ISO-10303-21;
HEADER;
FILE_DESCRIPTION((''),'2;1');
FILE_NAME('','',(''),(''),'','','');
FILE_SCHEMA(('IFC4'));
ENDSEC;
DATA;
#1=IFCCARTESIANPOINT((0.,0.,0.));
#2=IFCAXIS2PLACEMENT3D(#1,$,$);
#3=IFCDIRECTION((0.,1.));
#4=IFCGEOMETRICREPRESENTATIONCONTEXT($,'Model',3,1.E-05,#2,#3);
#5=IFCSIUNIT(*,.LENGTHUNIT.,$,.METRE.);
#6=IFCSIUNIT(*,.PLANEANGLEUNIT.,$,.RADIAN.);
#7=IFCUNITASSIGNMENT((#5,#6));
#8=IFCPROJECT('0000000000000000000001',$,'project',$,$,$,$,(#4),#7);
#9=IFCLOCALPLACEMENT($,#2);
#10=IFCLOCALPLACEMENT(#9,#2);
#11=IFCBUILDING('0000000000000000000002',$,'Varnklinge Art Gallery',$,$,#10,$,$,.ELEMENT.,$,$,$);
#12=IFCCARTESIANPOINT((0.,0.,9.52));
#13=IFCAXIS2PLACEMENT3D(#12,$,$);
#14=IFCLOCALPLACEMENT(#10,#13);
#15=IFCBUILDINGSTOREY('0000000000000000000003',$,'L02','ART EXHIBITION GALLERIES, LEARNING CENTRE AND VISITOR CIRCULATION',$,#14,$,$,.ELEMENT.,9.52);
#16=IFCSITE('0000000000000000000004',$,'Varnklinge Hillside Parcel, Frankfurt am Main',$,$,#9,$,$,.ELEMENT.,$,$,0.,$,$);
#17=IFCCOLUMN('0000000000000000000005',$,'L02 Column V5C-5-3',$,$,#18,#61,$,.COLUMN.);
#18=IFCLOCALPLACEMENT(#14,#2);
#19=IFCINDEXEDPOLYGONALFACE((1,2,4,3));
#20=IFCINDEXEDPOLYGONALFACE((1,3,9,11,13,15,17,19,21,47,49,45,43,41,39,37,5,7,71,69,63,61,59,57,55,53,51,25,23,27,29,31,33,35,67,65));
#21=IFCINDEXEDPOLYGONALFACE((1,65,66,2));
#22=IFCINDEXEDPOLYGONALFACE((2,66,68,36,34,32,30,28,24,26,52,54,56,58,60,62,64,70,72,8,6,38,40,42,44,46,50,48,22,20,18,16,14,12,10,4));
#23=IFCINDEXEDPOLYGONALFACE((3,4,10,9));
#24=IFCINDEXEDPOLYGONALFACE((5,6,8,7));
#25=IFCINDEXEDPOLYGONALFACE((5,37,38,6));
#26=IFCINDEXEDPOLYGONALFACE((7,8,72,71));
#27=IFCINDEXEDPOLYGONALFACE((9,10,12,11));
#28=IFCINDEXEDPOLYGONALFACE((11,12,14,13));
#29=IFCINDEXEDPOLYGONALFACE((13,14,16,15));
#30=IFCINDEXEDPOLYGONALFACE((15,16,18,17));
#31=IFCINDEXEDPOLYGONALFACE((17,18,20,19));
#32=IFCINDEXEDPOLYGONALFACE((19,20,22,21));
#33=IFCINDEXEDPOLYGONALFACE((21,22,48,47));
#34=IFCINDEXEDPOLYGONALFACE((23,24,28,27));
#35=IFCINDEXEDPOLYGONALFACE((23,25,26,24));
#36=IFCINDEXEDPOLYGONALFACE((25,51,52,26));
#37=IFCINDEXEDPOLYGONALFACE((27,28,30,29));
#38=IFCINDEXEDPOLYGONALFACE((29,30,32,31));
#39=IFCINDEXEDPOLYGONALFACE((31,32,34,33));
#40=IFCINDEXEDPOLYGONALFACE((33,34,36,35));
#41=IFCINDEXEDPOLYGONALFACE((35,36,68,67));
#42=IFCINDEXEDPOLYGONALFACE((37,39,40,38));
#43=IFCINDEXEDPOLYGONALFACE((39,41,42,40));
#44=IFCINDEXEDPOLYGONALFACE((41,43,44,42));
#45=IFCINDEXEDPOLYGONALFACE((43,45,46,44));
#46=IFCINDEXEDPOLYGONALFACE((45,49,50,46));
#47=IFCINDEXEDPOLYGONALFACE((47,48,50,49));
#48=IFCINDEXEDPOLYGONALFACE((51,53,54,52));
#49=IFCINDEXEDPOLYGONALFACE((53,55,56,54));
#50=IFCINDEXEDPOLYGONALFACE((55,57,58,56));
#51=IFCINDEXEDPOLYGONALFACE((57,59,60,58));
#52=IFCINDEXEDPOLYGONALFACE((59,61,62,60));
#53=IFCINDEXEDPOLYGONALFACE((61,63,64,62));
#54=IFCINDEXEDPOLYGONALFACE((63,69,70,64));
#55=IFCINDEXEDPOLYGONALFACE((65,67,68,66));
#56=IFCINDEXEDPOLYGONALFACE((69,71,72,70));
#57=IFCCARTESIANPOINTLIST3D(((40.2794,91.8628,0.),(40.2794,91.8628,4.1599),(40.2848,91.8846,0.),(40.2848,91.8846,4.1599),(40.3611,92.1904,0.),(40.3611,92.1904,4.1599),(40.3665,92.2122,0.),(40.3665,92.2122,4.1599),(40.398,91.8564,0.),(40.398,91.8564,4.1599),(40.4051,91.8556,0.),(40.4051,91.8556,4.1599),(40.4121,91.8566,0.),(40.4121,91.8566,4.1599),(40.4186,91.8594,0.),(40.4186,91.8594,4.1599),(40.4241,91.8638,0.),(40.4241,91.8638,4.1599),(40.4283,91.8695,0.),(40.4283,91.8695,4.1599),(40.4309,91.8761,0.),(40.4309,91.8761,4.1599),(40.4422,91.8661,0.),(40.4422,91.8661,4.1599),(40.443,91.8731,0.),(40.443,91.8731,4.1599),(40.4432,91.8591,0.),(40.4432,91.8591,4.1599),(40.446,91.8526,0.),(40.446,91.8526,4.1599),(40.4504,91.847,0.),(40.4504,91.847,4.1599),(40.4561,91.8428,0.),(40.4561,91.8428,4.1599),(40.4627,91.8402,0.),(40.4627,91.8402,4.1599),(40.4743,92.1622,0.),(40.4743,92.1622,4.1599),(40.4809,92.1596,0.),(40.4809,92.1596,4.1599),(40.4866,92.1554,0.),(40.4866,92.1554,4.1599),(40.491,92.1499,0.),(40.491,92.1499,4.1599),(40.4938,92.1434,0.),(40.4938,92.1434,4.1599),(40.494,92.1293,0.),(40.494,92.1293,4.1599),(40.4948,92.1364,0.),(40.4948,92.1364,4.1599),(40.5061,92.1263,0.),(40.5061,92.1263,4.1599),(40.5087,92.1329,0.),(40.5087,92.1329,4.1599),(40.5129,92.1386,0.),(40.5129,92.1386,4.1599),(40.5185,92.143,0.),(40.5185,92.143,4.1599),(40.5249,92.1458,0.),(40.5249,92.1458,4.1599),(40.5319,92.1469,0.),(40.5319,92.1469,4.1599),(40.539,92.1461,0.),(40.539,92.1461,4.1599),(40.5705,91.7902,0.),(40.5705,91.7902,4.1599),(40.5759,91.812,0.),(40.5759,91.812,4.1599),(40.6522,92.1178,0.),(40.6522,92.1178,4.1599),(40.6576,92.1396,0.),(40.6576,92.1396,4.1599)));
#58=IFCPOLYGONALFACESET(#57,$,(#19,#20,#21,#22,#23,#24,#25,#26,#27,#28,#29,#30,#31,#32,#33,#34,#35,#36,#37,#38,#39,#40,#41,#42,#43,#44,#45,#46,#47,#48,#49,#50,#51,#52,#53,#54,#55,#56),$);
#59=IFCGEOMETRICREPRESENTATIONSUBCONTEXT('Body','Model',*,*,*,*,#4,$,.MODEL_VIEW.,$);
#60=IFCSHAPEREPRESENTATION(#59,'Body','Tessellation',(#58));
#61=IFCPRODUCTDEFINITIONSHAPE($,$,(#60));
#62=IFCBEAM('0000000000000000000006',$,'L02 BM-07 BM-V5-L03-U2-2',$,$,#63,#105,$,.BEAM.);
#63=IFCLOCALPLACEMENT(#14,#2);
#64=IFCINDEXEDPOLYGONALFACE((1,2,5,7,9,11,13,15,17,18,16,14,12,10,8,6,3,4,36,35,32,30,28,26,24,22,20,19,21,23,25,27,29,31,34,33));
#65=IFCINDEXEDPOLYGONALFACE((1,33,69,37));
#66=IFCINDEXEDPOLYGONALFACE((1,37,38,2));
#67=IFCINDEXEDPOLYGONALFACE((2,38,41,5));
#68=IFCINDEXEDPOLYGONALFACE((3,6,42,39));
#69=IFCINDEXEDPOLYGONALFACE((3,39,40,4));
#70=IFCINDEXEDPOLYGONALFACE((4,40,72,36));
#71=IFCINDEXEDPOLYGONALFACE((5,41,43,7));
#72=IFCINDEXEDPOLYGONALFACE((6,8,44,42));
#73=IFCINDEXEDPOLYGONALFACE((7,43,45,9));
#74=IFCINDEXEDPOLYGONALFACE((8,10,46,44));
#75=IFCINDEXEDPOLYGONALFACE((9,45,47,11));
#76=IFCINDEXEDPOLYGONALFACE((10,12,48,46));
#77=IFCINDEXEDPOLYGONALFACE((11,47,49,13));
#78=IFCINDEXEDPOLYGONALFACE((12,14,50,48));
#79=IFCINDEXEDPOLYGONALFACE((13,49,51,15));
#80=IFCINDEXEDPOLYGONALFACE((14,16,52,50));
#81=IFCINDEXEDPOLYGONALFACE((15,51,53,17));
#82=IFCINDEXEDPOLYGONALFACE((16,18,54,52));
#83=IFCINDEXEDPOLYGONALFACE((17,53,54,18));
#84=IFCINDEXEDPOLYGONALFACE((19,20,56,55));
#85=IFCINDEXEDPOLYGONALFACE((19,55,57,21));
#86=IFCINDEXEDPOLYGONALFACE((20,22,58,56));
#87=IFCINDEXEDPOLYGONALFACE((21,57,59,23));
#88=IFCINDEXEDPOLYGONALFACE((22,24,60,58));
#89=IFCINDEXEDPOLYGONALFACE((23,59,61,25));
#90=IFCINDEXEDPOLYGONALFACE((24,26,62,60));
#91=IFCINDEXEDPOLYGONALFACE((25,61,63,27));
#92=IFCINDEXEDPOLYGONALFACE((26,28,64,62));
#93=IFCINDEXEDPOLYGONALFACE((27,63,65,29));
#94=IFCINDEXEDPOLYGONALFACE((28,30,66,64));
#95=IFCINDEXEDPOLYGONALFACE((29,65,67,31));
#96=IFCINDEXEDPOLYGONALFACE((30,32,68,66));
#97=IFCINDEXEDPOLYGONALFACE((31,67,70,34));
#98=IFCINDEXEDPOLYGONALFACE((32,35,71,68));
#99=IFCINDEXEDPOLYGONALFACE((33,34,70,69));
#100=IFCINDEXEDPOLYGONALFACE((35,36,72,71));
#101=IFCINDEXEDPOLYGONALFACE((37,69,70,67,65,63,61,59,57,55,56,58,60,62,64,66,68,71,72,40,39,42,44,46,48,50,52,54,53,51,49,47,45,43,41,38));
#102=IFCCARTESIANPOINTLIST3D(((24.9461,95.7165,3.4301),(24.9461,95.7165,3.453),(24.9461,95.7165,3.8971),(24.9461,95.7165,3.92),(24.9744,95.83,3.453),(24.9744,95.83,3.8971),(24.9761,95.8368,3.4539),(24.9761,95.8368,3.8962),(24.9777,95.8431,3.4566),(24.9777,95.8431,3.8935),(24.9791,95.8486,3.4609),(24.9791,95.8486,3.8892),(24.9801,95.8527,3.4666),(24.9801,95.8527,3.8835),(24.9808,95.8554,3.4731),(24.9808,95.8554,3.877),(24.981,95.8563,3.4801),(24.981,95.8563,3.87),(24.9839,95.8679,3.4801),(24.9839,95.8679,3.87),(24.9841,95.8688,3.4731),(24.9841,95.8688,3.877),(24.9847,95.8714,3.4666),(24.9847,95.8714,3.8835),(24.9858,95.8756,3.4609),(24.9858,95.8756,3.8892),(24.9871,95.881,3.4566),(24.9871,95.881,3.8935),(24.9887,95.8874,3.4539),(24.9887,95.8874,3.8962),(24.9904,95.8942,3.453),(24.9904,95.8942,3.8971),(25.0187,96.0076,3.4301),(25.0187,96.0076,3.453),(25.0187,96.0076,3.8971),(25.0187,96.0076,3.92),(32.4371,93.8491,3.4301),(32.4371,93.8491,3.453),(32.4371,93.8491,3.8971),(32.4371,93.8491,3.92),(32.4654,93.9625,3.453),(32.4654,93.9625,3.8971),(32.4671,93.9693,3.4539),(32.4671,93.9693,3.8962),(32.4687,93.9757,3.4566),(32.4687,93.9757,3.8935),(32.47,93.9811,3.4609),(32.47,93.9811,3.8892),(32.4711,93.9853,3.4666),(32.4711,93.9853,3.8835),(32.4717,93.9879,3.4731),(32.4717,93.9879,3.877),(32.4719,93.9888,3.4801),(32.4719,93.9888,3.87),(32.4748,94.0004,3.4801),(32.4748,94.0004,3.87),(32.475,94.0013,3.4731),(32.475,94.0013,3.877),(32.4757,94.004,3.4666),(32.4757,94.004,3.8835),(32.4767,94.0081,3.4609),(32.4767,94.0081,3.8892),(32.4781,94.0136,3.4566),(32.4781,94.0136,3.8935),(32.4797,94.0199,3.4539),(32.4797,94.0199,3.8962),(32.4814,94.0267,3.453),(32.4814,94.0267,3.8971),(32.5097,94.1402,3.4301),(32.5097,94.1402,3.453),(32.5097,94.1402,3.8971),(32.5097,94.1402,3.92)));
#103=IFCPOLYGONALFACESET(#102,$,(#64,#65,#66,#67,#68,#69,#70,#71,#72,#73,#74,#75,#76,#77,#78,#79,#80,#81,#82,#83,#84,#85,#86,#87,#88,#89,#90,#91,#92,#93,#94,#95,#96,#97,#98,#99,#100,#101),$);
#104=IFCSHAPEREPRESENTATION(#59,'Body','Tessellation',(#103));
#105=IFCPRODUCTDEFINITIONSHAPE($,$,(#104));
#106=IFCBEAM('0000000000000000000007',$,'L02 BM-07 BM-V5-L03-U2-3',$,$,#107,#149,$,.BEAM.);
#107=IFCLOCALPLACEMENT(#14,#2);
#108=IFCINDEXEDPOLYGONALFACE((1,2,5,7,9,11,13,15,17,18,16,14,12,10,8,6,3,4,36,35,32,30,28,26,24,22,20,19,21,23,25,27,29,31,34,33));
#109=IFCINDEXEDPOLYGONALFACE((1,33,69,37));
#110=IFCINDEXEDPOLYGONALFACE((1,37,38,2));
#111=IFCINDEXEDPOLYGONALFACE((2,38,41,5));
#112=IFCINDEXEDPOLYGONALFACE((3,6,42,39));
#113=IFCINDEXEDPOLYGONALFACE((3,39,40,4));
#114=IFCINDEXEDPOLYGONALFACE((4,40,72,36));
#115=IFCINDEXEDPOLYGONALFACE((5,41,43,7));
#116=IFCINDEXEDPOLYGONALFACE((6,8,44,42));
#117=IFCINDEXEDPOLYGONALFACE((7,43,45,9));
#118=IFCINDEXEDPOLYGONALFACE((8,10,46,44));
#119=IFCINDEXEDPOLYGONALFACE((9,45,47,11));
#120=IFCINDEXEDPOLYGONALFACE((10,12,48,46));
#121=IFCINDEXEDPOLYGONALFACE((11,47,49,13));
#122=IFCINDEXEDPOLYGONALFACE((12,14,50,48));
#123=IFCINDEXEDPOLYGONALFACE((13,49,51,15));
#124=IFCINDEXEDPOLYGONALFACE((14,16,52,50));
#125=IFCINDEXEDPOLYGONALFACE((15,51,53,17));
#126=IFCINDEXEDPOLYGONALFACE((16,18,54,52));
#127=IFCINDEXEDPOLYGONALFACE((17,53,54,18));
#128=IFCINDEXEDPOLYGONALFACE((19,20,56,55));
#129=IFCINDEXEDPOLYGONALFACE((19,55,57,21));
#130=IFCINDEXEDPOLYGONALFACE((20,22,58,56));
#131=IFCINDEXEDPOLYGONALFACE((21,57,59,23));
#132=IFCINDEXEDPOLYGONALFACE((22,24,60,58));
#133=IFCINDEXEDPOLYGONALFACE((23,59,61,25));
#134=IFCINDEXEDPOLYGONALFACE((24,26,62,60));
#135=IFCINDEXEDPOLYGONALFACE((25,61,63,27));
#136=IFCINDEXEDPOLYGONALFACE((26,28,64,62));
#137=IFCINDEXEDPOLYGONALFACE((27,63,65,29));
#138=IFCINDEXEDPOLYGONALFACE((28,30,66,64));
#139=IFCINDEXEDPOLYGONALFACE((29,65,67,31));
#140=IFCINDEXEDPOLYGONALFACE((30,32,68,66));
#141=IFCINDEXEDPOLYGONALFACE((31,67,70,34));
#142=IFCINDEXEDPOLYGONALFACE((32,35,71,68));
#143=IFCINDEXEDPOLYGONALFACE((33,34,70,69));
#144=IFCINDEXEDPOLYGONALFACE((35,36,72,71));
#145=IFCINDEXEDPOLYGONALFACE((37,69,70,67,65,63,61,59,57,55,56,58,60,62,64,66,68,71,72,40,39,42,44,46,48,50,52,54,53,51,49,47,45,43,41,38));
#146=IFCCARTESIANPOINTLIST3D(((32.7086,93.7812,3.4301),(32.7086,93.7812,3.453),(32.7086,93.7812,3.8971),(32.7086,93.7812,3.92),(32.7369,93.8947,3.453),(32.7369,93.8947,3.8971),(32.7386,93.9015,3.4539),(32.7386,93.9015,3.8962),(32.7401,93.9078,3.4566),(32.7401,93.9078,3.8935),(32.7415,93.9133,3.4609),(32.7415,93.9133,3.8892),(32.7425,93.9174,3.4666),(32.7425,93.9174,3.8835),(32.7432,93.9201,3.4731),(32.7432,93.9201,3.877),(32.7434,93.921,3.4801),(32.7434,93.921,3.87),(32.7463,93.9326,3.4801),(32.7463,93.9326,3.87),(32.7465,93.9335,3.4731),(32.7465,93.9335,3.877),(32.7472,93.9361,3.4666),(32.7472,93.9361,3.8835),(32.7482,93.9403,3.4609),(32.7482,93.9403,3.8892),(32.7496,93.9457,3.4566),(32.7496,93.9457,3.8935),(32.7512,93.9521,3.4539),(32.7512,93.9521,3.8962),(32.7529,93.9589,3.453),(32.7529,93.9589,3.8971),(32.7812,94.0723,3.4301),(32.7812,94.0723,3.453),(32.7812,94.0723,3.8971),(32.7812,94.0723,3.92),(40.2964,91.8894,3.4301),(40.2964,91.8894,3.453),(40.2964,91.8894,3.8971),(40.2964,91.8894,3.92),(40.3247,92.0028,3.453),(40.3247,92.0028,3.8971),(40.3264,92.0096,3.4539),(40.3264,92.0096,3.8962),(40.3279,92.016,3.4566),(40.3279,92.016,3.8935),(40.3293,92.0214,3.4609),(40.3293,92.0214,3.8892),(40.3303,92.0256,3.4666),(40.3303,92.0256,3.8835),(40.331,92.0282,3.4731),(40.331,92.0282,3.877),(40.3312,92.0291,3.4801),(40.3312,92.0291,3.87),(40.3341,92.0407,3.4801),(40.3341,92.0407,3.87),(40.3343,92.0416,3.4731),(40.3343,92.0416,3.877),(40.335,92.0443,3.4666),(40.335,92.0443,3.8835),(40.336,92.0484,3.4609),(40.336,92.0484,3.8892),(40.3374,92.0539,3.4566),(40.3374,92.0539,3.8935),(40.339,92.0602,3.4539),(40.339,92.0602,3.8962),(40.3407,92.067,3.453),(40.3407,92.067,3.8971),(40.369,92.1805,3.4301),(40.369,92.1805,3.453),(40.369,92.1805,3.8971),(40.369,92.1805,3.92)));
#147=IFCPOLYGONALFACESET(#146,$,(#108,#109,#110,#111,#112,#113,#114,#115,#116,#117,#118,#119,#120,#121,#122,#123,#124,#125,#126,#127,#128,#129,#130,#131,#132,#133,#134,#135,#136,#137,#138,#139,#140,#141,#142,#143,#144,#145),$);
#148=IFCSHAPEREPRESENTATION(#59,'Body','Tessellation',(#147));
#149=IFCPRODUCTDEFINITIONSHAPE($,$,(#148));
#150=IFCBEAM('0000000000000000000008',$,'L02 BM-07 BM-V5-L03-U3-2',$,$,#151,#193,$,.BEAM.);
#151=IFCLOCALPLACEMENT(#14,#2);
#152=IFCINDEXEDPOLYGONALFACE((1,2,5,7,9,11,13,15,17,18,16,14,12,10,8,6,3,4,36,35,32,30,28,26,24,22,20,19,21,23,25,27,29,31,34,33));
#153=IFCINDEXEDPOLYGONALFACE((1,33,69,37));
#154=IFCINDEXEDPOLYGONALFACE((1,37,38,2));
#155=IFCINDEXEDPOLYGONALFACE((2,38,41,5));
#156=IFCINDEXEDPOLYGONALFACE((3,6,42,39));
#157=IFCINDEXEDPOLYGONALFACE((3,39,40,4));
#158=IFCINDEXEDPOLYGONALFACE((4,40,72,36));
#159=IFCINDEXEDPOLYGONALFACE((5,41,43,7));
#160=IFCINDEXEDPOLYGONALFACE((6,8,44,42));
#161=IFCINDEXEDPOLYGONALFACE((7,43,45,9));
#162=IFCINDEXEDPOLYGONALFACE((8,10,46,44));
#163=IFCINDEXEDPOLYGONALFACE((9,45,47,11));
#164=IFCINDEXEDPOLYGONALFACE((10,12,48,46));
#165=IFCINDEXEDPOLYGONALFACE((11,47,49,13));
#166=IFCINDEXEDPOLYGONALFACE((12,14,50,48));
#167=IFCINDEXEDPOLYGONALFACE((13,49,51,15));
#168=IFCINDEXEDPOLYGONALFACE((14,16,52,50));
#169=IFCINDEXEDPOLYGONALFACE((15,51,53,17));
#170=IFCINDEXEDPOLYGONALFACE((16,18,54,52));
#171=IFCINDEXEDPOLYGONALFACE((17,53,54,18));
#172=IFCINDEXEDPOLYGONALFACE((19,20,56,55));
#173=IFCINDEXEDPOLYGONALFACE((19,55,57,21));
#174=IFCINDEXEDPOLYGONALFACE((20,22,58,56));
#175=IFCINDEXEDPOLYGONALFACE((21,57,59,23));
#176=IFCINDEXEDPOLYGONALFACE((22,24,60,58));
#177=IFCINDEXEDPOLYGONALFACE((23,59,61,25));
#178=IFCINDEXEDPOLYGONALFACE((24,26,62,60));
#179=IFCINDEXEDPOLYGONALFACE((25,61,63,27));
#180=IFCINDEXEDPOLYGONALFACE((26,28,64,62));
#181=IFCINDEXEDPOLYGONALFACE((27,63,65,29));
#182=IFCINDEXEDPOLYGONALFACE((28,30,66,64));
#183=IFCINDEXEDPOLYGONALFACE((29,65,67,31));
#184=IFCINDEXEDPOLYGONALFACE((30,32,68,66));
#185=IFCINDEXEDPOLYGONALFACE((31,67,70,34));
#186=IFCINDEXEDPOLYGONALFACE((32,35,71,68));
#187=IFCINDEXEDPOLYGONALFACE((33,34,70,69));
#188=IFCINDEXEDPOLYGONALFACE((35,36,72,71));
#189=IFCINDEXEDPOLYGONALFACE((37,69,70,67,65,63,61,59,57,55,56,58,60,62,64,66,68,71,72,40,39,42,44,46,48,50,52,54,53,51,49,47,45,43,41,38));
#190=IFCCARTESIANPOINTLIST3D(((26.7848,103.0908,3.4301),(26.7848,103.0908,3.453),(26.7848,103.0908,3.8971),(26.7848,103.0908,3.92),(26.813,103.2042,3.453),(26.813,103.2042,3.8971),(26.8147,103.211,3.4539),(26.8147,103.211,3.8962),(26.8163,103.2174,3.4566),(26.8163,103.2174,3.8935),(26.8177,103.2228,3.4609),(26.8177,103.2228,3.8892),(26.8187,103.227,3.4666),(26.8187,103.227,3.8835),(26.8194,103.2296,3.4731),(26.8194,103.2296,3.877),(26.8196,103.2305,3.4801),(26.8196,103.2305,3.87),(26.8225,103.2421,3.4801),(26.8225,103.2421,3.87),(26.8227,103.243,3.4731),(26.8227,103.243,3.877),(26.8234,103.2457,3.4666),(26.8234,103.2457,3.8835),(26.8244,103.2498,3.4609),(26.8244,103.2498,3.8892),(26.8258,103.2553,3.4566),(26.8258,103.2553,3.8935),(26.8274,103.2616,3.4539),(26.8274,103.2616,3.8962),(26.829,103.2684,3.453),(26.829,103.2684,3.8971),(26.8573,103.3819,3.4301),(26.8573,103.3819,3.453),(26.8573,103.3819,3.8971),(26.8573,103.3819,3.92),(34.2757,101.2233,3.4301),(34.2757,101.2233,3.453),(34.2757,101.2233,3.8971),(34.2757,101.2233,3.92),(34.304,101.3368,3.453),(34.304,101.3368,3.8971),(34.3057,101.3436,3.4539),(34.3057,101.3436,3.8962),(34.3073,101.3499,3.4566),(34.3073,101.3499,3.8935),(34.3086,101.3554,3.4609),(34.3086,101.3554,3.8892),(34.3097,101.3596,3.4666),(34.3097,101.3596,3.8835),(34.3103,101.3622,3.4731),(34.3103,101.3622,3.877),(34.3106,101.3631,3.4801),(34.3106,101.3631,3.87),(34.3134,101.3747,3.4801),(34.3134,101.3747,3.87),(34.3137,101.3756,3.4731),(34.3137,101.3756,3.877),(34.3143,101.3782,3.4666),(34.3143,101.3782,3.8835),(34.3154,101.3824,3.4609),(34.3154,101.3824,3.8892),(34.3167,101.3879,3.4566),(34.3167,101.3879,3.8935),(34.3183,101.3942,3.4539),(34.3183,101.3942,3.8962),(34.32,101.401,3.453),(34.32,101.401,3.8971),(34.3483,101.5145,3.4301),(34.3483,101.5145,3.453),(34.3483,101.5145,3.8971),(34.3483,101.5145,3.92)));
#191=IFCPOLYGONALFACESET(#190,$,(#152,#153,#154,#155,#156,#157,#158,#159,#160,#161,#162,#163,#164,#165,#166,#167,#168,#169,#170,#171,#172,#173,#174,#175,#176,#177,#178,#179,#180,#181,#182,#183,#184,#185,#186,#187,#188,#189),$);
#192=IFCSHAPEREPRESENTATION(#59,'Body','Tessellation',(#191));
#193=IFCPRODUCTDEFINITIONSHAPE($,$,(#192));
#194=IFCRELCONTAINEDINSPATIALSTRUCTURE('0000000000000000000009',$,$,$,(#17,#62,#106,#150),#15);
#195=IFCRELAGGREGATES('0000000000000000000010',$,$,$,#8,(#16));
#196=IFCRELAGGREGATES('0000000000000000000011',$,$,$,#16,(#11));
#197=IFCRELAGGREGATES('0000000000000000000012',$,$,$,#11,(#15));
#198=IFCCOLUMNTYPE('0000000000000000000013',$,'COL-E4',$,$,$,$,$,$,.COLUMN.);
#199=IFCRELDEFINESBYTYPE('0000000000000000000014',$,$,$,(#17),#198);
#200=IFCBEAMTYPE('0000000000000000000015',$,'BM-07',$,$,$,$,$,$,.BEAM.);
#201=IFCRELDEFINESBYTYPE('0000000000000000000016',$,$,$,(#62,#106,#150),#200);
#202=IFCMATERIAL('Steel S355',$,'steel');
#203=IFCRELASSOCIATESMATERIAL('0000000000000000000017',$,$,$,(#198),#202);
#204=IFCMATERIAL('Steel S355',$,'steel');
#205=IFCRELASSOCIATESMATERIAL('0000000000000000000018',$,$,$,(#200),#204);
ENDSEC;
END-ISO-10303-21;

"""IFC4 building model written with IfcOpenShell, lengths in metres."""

from ifc_helpers import new_model, si_unit, direction, frame, origin, origin_2d, place, context, subcontext, project, spatial, i_section, extrude, material, material_profile, profile_set, type_object, element, save


model = new_model("IFC4")

# Units and contexts
model_context = context("Model", 3, precision=1e-05, world=origin(), true_north=direction((0.0, 1.0)))
body_context = subcontext(model_context, "Body", "Model", "MODEL_VIEW")
ifc_project = project(units=[si_unit("LENGTHUNIT", "METRE"), si_unit("PLANEANGLEUNIT", "RADIAN")], contexts=[model_context])

# Site, building, storey
site_placement = place(None, origin())
site = spatial("IfcSite", under=ifc_project, at=site_placement, Name="Varnklinge Hillside Parcel, Frankfurt am Main", CompositionType="ELEMENT", RefElevation=0.0)
building_placement = place(site_placement, origin())
building = spatial("IfcBuilding", under=site, at=building_placement, Name="Varnklinge Art Gallery", CompositionType="ELEMENT")
storey_placement = place(building_placement, frame((0.0, 0.0, 9.52)))
storey = spatial("IfcBuildingStorey", under=building, at=storey_placement, Name="L02", Description="ART EXHIBITION GALLERIES, LEARNING CENTRE AND VISITOR CIRCULATION", CompositionType="ELEMENT", Elevation=9.52)

# Column
ifc_material_1 = material(Name="Steel S355", Category="steel")
ifc_material_profile_1 = material_profile(ifc_material_1, i_section(OverallWidth=0.3, OverallDepth=0.3601, WebThickness=0.0125, FlangeThickness=0.0225, FilletRadius=0.0271, at=origin_2d()), Name="HEB 360")
ifc_profile_set_1 = profile_set([ifc_material_profile_1], Name="Steel S355")
column_type_1 = type_object("IfcColumnType", Name="COL-E4", PredefinedType="COLUMN", material=ifc_profile_set_1)
for number, where, z_axis, x_axis, name in (
    (1, (40.4685, 92.0012, 0.0), (0.0, 0.0, 1.0), (0.970296, -0.241922, 0.0), "L02 Column V5C-5-3"),
):
    element("IfcColumn", number, at=place(storey_placement, frame(where, z_axis=z_axis, x_axis=x_axis)), inside=storey, type_object=column_type_1, Name=name, PredefinedType="COLUMN", context=body_context, shape_type="SweptSolid", body=[
        extrude(i_section(OverallWidth=0.3, OverallDepth=0.3601, WebThickness=0.0125, FlangeThickness=0.0225, FilletRadius=0.0271, at=origin_2d()), origin(), (0.0, 0.0, 1.0), 4.1599),
    ])

# Beams
ifc_material_2 = material(Name="Steel S355", Category="steel")
ifc_material_profile_2 = material_profile(ifc_material_2, i_section(OverallWidth=0.3, OverallDepth=0.49, WebThickness=0.012, FlangeThickness=0.0229, FilletRadius=0.0271, at=origin_2d()), Name="HEA 500")
ifc_profile_set_2 = profile_set([ifc_material_profile_2], Name="Steel S355")
beam_type_1 = type_object("IfcBeamType", Name="BM-07", PredefinedType="BEAM", material=ifc_profile_set_2)
beam_1_placement = place(storey_placement, frame((24.9824, 95.8621, 3.675), z_axis=(0.970304, -0.241888, 0.0), x_axis=(0.241888, 0.970304, 0.0)))
element("IfcBeam", 2, at=beam_1_placement, inside=storey, type_object=beam_type_1, Name="L02 BM-07 BM-V5-L03-U2-2", PredefinedType="BEAM", context=body_context, shape_type="SweptSolid", body=[
    extrude(i_section(OverallWidth=0.3, OverallDepth=0.49, WebThickness=0.012, FlangeThickness=0.0229, FilletRadius=0.0271, at=origin_2d()), origin(), (0.0, 0.0, 1.0), 7.7202),
])
beam_2_placement = place(storey_placement, frame((32.7449, 93.9268, 3.675), z_axis=(0.970297, -0.241919, 0.0), x_axis=(0.241919, 0.970297, 0.0)))
element("IfcBeam", 3, at=beam_2_placement, inside=storey, type_object=beam_type_1, Name="L02 BM-07 BM-V5-L03-U2-3", PredefinedType="BEAM", context=body_context, shape_type="SweptSolid", body=[
    extrude(i_section(OverallWidth=0.3, OverallDepth=0.49, WebThickness=0.012, FlangeThickness=0.0229, FilletRadius=0.0271, at=origin_2d()), origin(), (0.0, 0.0, 1.0), 7.8201),
])
beam_3_placement = place(storey_placement, frame((26.821, 103.2363, 3.675), z_axis=(0.970304, -0.241888, 0.0), x_axis=(0.241888, 0.970304, 0.0)))
element("IfcBeam", 4, at=beam_3_placement, inside=storey, type_object=beam_type_1, Name="L02 BM-07 BM-V5-L03-U3-2", PredefinedType="BEAM", context=body_context, shape_type="SweptSolid", body=[
    extrude(i_section(OverallWidth=0.3, OverallDepth=0.49, WebThickness=0.012, FlangeThickness=0.0229, FilletRadius=0.0271, at=origin_2d()), origin(), (0.0, 0.0, 1.0), 7.7202),
])

save(model, "model.ifc")
